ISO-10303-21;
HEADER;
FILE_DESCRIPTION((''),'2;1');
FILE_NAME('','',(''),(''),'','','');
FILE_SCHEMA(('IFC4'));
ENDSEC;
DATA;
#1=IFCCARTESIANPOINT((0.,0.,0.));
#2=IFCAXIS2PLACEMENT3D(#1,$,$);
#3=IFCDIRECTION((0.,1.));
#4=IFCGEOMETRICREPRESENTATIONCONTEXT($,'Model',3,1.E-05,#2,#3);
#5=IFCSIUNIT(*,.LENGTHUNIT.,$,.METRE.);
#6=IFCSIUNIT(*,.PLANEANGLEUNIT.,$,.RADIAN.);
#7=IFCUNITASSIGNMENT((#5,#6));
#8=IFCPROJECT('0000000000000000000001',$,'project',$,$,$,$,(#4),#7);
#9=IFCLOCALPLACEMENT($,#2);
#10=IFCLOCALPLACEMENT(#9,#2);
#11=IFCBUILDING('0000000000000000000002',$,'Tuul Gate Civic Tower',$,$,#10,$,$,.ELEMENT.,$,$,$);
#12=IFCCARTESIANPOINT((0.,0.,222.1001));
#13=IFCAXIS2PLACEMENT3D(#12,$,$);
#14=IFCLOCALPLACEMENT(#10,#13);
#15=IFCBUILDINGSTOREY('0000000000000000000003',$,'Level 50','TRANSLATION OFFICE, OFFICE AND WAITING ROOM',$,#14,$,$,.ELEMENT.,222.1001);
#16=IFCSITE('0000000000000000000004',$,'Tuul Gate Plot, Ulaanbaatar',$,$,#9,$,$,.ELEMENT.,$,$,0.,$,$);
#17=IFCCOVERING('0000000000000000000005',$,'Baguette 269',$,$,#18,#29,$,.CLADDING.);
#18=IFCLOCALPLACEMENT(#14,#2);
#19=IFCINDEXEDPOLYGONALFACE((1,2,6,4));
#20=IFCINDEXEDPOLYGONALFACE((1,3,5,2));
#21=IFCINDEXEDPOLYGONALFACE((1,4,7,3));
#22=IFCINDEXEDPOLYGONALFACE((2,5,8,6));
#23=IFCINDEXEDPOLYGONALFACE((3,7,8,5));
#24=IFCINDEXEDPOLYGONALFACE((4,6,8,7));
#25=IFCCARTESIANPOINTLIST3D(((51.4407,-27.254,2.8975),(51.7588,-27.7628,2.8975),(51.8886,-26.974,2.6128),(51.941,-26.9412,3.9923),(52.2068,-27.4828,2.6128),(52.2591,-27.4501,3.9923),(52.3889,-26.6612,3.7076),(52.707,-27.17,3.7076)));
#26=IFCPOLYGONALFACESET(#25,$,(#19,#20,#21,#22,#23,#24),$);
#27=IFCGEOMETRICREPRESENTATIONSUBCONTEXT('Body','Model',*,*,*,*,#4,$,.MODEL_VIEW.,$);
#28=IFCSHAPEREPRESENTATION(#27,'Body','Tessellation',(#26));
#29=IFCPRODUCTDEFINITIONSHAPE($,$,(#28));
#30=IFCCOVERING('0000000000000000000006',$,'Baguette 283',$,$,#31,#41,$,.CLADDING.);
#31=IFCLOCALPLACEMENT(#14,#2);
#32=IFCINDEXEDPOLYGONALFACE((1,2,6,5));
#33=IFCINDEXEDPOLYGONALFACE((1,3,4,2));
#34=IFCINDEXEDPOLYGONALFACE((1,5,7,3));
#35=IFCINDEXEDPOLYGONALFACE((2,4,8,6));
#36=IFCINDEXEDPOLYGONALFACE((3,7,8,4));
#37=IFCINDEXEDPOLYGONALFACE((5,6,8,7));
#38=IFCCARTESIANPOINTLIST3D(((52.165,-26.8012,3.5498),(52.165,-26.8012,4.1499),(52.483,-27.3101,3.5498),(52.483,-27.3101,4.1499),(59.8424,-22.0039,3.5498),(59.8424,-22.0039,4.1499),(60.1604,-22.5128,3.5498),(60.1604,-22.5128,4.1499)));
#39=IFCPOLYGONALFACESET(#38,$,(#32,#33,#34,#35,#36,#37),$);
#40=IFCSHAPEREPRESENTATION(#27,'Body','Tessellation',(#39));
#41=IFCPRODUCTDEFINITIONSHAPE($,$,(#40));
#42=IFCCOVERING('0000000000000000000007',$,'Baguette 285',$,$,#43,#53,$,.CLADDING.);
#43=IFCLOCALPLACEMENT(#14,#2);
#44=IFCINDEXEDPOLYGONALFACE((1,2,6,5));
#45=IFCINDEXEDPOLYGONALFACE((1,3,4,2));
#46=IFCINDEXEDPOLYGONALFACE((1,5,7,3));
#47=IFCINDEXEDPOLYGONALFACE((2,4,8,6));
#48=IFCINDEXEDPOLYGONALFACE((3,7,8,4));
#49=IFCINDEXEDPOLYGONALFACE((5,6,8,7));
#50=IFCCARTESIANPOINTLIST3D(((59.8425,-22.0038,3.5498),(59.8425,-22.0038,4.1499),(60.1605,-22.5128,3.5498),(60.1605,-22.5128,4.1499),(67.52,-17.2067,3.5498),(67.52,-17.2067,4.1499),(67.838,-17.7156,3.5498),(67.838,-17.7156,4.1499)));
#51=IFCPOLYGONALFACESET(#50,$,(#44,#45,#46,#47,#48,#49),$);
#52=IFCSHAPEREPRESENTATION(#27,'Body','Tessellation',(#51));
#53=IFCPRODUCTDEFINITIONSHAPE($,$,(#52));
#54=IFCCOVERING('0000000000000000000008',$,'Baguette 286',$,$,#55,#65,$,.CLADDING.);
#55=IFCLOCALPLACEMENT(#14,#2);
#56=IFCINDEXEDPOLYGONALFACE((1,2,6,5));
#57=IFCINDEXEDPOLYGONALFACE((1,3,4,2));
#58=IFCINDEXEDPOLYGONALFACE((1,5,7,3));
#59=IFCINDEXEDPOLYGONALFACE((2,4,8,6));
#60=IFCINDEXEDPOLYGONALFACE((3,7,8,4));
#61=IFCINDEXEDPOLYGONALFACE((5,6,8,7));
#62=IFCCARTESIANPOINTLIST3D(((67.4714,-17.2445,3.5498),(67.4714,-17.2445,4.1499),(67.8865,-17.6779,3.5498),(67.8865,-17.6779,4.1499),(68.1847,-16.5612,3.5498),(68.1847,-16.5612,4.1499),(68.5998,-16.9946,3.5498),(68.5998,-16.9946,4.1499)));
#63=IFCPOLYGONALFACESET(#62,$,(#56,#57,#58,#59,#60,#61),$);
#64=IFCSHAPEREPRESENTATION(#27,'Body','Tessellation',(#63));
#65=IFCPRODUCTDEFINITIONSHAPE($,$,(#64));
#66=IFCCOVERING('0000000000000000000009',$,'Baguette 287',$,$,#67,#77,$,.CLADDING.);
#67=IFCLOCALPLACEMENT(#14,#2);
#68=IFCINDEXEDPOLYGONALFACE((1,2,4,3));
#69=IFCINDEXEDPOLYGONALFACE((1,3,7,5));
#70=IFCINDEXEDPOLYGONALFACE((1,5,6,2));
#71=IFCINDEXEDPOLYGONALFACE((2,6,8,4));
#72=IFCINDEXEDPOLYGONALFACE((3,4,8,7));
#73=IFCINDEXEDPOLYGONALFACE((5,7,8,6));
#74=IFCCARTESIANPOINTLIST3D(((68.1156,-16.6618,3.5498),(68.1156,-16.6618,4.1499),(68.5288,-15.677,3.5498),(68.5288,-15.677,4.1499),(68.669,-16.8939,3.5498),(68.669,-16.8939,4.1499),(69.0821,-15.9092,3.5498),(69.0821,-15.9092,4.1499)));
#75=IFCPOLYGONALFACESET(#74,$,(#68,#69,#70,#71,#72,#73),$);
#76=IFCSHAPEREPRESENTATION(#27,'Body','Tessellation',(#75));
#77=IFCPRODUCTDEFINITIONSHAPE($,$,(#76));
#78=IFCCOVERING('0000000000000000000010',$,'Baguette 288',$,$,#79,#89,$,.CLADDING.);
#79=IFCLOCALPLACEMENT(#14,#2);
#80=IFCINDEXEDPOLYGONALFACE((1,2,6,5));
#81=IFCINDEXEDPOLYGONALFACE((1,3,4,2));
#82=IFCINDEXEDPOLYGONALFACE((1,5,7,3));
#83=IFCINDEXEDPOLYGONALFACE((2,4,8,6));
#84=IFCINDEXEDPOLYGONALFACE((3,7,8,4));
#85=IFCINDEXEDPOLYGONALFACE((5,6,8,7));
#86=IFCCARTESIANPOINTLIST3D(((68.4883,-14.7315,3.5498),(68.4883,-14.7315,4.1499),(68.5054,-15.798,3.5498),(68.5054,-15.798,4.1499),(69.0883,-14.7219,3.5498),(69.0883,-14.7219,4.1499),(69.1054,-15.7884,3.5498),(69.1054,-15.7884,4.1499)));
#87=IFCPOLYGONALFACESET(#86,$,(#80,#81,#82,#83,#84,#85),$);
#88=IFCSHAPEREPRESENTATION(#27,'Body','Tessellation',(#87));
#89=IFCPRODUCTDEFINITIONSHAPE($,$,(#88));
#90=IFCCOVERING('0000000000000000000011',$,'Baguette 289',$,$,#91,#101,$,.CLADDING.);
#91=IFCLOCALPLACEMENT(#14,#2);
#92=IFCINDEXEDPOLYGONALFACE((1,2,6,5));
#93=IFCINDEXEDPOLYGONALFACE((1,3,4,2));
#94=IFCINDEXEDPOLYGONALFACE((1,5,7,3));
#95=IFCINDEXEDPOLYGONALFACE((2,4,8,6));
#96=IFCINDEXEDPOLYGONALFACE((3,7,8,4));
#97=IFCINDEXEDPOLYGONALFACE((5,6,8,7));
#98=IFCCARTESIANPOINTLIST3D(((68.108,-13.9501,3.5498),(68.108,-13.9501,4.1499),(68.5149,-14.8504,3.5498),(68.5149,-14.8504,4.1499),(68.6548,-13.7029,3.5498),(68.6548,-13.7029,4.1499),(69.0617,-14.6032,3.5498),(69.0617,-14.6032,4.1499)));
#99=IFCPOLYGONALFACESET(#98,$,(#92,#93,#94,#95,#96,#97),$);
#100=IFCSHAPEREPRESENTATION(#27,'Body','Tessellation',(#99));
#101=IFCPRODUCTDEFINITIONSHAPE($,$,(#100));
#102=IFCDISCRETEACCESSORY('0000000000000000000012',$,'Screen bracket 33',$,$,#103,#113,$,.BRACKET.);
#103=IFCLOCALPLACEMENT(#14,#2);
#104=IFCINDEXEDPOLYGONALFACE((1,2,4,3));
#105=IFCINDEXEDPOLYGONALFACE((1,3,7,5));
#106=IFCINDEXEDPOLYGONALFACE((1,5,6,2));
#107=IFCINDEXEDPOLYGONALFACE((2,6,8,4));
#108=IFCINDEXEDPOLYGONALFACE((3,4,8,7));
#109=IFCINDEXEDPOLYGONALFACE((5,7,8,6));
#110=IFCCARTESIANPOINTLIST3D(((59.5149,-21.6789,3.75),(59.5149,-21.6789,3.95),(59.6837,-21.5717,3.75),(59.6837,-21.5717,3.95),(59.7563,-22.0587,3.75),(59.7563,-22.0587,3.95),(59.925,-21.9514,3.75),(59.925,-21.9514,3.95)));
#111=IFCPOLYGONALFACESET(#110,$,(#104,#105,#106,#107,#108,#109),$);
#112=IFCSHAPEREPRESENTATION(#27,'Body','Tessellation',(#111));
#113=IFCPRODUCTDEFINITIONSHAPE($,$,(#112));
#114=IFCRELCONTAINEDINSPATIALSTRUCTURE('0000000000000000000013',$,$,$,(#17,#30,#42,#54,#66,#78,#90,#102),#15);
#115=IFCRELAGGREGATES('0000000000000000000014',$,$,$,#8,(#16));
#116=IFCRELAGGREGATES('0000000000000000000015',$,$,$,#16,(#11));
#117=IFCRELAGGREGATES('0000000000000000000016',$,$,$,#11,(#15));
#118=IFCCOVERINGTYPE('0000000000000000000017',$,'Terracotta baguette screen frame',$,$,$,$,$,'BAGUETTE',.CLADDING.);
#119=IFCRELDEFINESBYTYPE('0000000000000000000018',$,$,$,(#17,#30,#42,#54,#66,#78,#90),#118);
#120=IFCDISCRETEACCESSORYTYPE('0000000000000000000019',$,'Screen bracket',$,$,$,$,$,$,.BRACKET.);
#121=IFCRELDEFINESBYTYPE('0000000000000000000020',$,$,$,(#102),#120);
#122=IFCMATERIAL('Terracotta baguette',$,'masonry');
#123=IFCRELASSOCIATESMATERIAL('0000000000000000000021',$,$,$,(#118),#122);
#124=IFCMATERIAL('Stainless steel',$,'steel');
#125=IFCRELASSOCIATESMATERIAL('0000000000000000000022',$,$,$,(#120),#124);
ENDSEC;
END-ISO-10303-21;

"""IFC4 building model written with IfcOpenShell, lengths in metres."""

from ifc_helpers import new_model, si_unit, direction, frame, origin, origin_2d, place, context, subcontext, project, spatial, rectangle, extrude, material, material_profile, profile_set, type_object, element, save


model = new_model("IFC4")

# Units and contexts
model_context = context("Model", 3, precision=1e-05, world=origin(), true_north=direction((0.0, 1.0)))
body_context = subcontext(model_context, "Body", "Model", "MODEL_VIEW")
ifc_project = project(units=[si_unit("LENGTHUNIT", "METRE"), si_unit("PLANEANGLEUNIT", "RADIAN")], contexts=[model_context])

# Site, building, storey
site_placement = place(None, origin())
site = spatial("IfcSite", under=ifc_project, at=site_placement, Name="Tuul Gate Plot, Ulaanbaatar", CompositionType="ELEMENT", RefElevation=0.0)
building_placement = place(site_placement, origin())
building = spatial("IfcBuilding", under=site, at=building_placement, Name="Tuul Gate Civic Tower", CompositionType="ELEMENT")
storey_placement = place(building_placement, frame((0.0, 0.0, 222.1001)))
storey = spatial("IfcBuildingStorey", under=building, at=storey_placement, Name="Level 50", Description="TRANSLATION OFFICE, OFFICE AND WAITING ROOM", CompositionType="ELEMENT", Elevation=222.1001)

# Coverings
ifc_material_1 = material(Name="Terracotta baguette", Category="masonry")
ifc_material_profile_1 = material_profile(ifc_material_1, rectangle(XDim=0.6001, YDim=0.6001, at=origin_2d()), Name="Terracotta baguette screen frame")
ifc_profile_set_1 = profile_set([ifc_material_profile_1], Name="Terracotta baguette")
covering_type = type_object("IfcCoveringType", Name="Terracotta baguette screen frame", ElementType="BAGUETTE", PredefinedType="CLADDING", material=ifc_profile_set_1)
covering_1_placement = place(storey_placement, frame((51.8237, -27.3684, 2.7551), z_axis=(0.402263, 0.251488, 0.880306), x_axis=(-0.530111, 0.847929, 0.0)))
element("IfcCovering", 1, at=covering_1_placement, inside=storey, type_object=covering_type, Name="Baguette 269", PredefinedType="CLADDING", context=body_context, shape_type="SweptSolid", body=[
    extrude(rectangle(XDim=0.6001, YDim=0.6001, at=origin_2d()), origin(), (0.0, 0.0, 1.0), 1.2437),
])
for number, where, z_axis, x_axis, name in (
    (2, (52.324, -27.0557, 3.8499), (0.848051, 0.529914, 0.0), (-0.529914, 0.848051, 0.0), "Baguette 283"),
    (3, (60.0015, -22.2583, 3.8499), (0.848063, 0.529895, 0.0), (-0.529895, 0.848063, 0.0), "Baguette 285"),
):
    element("IfcCovering", number, at=place(storey_placement, frame(where, z_axis=z_axis, x_axis=x_axis)), inside=storey, type_object=covering_type, Name=name, PredefinedType="CLADDING", context=body_context, shape_type="SweptSolid", body=[
        extrude(rectangle(XDim=0.6001, YDim=0.6001, at=origin_2d()), origin(), (0.0, 0.0, 1.0), 9.053),
    ])
covering_2_placement = place(storey_placement, frame((67.679, -17.4612, 3.8499), z_axis=(0.722143, 0.691744, 0.0), x_axis=(-0.691744, 0.722143, 0.0)))
element("IfcCovering", 4, at=covering_2_placement, inside=storey, type_object=covering_type, Name="Baguette 286", PredefinedType="CLADDING", context=body_context, shape_type="SweptSolid", body=[
    extrude(rectangle(XDim=0.6001, YDim=0.6001, at=origin_2d()), origin(), (0.0, 0.0, 1.0), 0.9878),
])
covering_3_placement = place(storey_placement, frame((68.3923, -16.7778, 3.8499), z_axis=(0.386871, 0.922134, 0.0), x_axis=(-0.922134, 0.386871, 0.0)))
element("IfcCovering", 5, at=covering_3_placement, inside=storey, type_object=covering_type, Name="Baguette 287", PredefinedType="CLADDING", context=body_context, shape_type="SweptSolid", body=[
    extrude(rectangle(XDim=0.6001, YDim=0.6001, at=origin_2d()), origin(), (0.0, 0.0, 1.0), 1.0679),
])
covering_4_placement = place(storey_placement, frame((68.8054, -15.7932, 3.8499), z_axis=(-0.016024, 0.999872, 0.0), x_axis=(-0.999872, -0.016024, 0.0)))
element("IfcCovering", 6, at=covering_4_placement, inside=storey, type_object=covering_type, Name="Baguette 288", PredefinedType="CLADDING", context=body_context, shape_type="SweptSolid", body=[
    extrude(rectangle(XDim=0.6001, YDim=0.6001, at=origin_2d()), origin(), (0.0, 0.0, 1.0), 1.0667),
])
covering_5_placement = place(storey_placement, frame((68.7883, -14.7268, 3.8499), z_axis=(-0.411885, 0.911236, 0.0), x_axis=(-0.911236, -0.411885, 0.0)))
element("IfcCovering", 7, at=covering_5_placement, inside=storey, type_object=covering_type, Name="Baguette 289", PredefinedType="CLADDING", context=body_context, shape_type="SweptSolid", body=[
    extrude(rectangle(XDim=0.6001, YDim=0.6001, at=origin_2d()), origin(), (0.0, 0.0, 1.0), 0.988),
])

# Discrete accessory
ifc_material_2 = material(Name="Stainless steel", Category="steel")
discrete_accessory_type = type_object("IfcDiscreteAccessoryType", Name="Screen bracket", PredefinedType="BRACKET", material=ifc_material_2)
discrete_accessory_placement = place(storey_placement, frame((59.72, -21.8152, 3.75), z_axis=(0.0, 0.0, 1.0), x_axis=(0.536425, -0.843948, 0.0)))
element("IfcDiscreteAccessory", 8, at=discrete_accessory_placement, inside=storey, type_object=discrete_accessory_type, Name="Screen bracket 33", PredefinedType="BRACKET", context=body_context, shape_type="SweptSolid", body=[
    extrude(rectangle(XDim=0.45, YDim=0.2, at=origin_2d()), origin(), (0.0, 0.0, 1.0), 0.2),
])

save(model, "model.ifc")
